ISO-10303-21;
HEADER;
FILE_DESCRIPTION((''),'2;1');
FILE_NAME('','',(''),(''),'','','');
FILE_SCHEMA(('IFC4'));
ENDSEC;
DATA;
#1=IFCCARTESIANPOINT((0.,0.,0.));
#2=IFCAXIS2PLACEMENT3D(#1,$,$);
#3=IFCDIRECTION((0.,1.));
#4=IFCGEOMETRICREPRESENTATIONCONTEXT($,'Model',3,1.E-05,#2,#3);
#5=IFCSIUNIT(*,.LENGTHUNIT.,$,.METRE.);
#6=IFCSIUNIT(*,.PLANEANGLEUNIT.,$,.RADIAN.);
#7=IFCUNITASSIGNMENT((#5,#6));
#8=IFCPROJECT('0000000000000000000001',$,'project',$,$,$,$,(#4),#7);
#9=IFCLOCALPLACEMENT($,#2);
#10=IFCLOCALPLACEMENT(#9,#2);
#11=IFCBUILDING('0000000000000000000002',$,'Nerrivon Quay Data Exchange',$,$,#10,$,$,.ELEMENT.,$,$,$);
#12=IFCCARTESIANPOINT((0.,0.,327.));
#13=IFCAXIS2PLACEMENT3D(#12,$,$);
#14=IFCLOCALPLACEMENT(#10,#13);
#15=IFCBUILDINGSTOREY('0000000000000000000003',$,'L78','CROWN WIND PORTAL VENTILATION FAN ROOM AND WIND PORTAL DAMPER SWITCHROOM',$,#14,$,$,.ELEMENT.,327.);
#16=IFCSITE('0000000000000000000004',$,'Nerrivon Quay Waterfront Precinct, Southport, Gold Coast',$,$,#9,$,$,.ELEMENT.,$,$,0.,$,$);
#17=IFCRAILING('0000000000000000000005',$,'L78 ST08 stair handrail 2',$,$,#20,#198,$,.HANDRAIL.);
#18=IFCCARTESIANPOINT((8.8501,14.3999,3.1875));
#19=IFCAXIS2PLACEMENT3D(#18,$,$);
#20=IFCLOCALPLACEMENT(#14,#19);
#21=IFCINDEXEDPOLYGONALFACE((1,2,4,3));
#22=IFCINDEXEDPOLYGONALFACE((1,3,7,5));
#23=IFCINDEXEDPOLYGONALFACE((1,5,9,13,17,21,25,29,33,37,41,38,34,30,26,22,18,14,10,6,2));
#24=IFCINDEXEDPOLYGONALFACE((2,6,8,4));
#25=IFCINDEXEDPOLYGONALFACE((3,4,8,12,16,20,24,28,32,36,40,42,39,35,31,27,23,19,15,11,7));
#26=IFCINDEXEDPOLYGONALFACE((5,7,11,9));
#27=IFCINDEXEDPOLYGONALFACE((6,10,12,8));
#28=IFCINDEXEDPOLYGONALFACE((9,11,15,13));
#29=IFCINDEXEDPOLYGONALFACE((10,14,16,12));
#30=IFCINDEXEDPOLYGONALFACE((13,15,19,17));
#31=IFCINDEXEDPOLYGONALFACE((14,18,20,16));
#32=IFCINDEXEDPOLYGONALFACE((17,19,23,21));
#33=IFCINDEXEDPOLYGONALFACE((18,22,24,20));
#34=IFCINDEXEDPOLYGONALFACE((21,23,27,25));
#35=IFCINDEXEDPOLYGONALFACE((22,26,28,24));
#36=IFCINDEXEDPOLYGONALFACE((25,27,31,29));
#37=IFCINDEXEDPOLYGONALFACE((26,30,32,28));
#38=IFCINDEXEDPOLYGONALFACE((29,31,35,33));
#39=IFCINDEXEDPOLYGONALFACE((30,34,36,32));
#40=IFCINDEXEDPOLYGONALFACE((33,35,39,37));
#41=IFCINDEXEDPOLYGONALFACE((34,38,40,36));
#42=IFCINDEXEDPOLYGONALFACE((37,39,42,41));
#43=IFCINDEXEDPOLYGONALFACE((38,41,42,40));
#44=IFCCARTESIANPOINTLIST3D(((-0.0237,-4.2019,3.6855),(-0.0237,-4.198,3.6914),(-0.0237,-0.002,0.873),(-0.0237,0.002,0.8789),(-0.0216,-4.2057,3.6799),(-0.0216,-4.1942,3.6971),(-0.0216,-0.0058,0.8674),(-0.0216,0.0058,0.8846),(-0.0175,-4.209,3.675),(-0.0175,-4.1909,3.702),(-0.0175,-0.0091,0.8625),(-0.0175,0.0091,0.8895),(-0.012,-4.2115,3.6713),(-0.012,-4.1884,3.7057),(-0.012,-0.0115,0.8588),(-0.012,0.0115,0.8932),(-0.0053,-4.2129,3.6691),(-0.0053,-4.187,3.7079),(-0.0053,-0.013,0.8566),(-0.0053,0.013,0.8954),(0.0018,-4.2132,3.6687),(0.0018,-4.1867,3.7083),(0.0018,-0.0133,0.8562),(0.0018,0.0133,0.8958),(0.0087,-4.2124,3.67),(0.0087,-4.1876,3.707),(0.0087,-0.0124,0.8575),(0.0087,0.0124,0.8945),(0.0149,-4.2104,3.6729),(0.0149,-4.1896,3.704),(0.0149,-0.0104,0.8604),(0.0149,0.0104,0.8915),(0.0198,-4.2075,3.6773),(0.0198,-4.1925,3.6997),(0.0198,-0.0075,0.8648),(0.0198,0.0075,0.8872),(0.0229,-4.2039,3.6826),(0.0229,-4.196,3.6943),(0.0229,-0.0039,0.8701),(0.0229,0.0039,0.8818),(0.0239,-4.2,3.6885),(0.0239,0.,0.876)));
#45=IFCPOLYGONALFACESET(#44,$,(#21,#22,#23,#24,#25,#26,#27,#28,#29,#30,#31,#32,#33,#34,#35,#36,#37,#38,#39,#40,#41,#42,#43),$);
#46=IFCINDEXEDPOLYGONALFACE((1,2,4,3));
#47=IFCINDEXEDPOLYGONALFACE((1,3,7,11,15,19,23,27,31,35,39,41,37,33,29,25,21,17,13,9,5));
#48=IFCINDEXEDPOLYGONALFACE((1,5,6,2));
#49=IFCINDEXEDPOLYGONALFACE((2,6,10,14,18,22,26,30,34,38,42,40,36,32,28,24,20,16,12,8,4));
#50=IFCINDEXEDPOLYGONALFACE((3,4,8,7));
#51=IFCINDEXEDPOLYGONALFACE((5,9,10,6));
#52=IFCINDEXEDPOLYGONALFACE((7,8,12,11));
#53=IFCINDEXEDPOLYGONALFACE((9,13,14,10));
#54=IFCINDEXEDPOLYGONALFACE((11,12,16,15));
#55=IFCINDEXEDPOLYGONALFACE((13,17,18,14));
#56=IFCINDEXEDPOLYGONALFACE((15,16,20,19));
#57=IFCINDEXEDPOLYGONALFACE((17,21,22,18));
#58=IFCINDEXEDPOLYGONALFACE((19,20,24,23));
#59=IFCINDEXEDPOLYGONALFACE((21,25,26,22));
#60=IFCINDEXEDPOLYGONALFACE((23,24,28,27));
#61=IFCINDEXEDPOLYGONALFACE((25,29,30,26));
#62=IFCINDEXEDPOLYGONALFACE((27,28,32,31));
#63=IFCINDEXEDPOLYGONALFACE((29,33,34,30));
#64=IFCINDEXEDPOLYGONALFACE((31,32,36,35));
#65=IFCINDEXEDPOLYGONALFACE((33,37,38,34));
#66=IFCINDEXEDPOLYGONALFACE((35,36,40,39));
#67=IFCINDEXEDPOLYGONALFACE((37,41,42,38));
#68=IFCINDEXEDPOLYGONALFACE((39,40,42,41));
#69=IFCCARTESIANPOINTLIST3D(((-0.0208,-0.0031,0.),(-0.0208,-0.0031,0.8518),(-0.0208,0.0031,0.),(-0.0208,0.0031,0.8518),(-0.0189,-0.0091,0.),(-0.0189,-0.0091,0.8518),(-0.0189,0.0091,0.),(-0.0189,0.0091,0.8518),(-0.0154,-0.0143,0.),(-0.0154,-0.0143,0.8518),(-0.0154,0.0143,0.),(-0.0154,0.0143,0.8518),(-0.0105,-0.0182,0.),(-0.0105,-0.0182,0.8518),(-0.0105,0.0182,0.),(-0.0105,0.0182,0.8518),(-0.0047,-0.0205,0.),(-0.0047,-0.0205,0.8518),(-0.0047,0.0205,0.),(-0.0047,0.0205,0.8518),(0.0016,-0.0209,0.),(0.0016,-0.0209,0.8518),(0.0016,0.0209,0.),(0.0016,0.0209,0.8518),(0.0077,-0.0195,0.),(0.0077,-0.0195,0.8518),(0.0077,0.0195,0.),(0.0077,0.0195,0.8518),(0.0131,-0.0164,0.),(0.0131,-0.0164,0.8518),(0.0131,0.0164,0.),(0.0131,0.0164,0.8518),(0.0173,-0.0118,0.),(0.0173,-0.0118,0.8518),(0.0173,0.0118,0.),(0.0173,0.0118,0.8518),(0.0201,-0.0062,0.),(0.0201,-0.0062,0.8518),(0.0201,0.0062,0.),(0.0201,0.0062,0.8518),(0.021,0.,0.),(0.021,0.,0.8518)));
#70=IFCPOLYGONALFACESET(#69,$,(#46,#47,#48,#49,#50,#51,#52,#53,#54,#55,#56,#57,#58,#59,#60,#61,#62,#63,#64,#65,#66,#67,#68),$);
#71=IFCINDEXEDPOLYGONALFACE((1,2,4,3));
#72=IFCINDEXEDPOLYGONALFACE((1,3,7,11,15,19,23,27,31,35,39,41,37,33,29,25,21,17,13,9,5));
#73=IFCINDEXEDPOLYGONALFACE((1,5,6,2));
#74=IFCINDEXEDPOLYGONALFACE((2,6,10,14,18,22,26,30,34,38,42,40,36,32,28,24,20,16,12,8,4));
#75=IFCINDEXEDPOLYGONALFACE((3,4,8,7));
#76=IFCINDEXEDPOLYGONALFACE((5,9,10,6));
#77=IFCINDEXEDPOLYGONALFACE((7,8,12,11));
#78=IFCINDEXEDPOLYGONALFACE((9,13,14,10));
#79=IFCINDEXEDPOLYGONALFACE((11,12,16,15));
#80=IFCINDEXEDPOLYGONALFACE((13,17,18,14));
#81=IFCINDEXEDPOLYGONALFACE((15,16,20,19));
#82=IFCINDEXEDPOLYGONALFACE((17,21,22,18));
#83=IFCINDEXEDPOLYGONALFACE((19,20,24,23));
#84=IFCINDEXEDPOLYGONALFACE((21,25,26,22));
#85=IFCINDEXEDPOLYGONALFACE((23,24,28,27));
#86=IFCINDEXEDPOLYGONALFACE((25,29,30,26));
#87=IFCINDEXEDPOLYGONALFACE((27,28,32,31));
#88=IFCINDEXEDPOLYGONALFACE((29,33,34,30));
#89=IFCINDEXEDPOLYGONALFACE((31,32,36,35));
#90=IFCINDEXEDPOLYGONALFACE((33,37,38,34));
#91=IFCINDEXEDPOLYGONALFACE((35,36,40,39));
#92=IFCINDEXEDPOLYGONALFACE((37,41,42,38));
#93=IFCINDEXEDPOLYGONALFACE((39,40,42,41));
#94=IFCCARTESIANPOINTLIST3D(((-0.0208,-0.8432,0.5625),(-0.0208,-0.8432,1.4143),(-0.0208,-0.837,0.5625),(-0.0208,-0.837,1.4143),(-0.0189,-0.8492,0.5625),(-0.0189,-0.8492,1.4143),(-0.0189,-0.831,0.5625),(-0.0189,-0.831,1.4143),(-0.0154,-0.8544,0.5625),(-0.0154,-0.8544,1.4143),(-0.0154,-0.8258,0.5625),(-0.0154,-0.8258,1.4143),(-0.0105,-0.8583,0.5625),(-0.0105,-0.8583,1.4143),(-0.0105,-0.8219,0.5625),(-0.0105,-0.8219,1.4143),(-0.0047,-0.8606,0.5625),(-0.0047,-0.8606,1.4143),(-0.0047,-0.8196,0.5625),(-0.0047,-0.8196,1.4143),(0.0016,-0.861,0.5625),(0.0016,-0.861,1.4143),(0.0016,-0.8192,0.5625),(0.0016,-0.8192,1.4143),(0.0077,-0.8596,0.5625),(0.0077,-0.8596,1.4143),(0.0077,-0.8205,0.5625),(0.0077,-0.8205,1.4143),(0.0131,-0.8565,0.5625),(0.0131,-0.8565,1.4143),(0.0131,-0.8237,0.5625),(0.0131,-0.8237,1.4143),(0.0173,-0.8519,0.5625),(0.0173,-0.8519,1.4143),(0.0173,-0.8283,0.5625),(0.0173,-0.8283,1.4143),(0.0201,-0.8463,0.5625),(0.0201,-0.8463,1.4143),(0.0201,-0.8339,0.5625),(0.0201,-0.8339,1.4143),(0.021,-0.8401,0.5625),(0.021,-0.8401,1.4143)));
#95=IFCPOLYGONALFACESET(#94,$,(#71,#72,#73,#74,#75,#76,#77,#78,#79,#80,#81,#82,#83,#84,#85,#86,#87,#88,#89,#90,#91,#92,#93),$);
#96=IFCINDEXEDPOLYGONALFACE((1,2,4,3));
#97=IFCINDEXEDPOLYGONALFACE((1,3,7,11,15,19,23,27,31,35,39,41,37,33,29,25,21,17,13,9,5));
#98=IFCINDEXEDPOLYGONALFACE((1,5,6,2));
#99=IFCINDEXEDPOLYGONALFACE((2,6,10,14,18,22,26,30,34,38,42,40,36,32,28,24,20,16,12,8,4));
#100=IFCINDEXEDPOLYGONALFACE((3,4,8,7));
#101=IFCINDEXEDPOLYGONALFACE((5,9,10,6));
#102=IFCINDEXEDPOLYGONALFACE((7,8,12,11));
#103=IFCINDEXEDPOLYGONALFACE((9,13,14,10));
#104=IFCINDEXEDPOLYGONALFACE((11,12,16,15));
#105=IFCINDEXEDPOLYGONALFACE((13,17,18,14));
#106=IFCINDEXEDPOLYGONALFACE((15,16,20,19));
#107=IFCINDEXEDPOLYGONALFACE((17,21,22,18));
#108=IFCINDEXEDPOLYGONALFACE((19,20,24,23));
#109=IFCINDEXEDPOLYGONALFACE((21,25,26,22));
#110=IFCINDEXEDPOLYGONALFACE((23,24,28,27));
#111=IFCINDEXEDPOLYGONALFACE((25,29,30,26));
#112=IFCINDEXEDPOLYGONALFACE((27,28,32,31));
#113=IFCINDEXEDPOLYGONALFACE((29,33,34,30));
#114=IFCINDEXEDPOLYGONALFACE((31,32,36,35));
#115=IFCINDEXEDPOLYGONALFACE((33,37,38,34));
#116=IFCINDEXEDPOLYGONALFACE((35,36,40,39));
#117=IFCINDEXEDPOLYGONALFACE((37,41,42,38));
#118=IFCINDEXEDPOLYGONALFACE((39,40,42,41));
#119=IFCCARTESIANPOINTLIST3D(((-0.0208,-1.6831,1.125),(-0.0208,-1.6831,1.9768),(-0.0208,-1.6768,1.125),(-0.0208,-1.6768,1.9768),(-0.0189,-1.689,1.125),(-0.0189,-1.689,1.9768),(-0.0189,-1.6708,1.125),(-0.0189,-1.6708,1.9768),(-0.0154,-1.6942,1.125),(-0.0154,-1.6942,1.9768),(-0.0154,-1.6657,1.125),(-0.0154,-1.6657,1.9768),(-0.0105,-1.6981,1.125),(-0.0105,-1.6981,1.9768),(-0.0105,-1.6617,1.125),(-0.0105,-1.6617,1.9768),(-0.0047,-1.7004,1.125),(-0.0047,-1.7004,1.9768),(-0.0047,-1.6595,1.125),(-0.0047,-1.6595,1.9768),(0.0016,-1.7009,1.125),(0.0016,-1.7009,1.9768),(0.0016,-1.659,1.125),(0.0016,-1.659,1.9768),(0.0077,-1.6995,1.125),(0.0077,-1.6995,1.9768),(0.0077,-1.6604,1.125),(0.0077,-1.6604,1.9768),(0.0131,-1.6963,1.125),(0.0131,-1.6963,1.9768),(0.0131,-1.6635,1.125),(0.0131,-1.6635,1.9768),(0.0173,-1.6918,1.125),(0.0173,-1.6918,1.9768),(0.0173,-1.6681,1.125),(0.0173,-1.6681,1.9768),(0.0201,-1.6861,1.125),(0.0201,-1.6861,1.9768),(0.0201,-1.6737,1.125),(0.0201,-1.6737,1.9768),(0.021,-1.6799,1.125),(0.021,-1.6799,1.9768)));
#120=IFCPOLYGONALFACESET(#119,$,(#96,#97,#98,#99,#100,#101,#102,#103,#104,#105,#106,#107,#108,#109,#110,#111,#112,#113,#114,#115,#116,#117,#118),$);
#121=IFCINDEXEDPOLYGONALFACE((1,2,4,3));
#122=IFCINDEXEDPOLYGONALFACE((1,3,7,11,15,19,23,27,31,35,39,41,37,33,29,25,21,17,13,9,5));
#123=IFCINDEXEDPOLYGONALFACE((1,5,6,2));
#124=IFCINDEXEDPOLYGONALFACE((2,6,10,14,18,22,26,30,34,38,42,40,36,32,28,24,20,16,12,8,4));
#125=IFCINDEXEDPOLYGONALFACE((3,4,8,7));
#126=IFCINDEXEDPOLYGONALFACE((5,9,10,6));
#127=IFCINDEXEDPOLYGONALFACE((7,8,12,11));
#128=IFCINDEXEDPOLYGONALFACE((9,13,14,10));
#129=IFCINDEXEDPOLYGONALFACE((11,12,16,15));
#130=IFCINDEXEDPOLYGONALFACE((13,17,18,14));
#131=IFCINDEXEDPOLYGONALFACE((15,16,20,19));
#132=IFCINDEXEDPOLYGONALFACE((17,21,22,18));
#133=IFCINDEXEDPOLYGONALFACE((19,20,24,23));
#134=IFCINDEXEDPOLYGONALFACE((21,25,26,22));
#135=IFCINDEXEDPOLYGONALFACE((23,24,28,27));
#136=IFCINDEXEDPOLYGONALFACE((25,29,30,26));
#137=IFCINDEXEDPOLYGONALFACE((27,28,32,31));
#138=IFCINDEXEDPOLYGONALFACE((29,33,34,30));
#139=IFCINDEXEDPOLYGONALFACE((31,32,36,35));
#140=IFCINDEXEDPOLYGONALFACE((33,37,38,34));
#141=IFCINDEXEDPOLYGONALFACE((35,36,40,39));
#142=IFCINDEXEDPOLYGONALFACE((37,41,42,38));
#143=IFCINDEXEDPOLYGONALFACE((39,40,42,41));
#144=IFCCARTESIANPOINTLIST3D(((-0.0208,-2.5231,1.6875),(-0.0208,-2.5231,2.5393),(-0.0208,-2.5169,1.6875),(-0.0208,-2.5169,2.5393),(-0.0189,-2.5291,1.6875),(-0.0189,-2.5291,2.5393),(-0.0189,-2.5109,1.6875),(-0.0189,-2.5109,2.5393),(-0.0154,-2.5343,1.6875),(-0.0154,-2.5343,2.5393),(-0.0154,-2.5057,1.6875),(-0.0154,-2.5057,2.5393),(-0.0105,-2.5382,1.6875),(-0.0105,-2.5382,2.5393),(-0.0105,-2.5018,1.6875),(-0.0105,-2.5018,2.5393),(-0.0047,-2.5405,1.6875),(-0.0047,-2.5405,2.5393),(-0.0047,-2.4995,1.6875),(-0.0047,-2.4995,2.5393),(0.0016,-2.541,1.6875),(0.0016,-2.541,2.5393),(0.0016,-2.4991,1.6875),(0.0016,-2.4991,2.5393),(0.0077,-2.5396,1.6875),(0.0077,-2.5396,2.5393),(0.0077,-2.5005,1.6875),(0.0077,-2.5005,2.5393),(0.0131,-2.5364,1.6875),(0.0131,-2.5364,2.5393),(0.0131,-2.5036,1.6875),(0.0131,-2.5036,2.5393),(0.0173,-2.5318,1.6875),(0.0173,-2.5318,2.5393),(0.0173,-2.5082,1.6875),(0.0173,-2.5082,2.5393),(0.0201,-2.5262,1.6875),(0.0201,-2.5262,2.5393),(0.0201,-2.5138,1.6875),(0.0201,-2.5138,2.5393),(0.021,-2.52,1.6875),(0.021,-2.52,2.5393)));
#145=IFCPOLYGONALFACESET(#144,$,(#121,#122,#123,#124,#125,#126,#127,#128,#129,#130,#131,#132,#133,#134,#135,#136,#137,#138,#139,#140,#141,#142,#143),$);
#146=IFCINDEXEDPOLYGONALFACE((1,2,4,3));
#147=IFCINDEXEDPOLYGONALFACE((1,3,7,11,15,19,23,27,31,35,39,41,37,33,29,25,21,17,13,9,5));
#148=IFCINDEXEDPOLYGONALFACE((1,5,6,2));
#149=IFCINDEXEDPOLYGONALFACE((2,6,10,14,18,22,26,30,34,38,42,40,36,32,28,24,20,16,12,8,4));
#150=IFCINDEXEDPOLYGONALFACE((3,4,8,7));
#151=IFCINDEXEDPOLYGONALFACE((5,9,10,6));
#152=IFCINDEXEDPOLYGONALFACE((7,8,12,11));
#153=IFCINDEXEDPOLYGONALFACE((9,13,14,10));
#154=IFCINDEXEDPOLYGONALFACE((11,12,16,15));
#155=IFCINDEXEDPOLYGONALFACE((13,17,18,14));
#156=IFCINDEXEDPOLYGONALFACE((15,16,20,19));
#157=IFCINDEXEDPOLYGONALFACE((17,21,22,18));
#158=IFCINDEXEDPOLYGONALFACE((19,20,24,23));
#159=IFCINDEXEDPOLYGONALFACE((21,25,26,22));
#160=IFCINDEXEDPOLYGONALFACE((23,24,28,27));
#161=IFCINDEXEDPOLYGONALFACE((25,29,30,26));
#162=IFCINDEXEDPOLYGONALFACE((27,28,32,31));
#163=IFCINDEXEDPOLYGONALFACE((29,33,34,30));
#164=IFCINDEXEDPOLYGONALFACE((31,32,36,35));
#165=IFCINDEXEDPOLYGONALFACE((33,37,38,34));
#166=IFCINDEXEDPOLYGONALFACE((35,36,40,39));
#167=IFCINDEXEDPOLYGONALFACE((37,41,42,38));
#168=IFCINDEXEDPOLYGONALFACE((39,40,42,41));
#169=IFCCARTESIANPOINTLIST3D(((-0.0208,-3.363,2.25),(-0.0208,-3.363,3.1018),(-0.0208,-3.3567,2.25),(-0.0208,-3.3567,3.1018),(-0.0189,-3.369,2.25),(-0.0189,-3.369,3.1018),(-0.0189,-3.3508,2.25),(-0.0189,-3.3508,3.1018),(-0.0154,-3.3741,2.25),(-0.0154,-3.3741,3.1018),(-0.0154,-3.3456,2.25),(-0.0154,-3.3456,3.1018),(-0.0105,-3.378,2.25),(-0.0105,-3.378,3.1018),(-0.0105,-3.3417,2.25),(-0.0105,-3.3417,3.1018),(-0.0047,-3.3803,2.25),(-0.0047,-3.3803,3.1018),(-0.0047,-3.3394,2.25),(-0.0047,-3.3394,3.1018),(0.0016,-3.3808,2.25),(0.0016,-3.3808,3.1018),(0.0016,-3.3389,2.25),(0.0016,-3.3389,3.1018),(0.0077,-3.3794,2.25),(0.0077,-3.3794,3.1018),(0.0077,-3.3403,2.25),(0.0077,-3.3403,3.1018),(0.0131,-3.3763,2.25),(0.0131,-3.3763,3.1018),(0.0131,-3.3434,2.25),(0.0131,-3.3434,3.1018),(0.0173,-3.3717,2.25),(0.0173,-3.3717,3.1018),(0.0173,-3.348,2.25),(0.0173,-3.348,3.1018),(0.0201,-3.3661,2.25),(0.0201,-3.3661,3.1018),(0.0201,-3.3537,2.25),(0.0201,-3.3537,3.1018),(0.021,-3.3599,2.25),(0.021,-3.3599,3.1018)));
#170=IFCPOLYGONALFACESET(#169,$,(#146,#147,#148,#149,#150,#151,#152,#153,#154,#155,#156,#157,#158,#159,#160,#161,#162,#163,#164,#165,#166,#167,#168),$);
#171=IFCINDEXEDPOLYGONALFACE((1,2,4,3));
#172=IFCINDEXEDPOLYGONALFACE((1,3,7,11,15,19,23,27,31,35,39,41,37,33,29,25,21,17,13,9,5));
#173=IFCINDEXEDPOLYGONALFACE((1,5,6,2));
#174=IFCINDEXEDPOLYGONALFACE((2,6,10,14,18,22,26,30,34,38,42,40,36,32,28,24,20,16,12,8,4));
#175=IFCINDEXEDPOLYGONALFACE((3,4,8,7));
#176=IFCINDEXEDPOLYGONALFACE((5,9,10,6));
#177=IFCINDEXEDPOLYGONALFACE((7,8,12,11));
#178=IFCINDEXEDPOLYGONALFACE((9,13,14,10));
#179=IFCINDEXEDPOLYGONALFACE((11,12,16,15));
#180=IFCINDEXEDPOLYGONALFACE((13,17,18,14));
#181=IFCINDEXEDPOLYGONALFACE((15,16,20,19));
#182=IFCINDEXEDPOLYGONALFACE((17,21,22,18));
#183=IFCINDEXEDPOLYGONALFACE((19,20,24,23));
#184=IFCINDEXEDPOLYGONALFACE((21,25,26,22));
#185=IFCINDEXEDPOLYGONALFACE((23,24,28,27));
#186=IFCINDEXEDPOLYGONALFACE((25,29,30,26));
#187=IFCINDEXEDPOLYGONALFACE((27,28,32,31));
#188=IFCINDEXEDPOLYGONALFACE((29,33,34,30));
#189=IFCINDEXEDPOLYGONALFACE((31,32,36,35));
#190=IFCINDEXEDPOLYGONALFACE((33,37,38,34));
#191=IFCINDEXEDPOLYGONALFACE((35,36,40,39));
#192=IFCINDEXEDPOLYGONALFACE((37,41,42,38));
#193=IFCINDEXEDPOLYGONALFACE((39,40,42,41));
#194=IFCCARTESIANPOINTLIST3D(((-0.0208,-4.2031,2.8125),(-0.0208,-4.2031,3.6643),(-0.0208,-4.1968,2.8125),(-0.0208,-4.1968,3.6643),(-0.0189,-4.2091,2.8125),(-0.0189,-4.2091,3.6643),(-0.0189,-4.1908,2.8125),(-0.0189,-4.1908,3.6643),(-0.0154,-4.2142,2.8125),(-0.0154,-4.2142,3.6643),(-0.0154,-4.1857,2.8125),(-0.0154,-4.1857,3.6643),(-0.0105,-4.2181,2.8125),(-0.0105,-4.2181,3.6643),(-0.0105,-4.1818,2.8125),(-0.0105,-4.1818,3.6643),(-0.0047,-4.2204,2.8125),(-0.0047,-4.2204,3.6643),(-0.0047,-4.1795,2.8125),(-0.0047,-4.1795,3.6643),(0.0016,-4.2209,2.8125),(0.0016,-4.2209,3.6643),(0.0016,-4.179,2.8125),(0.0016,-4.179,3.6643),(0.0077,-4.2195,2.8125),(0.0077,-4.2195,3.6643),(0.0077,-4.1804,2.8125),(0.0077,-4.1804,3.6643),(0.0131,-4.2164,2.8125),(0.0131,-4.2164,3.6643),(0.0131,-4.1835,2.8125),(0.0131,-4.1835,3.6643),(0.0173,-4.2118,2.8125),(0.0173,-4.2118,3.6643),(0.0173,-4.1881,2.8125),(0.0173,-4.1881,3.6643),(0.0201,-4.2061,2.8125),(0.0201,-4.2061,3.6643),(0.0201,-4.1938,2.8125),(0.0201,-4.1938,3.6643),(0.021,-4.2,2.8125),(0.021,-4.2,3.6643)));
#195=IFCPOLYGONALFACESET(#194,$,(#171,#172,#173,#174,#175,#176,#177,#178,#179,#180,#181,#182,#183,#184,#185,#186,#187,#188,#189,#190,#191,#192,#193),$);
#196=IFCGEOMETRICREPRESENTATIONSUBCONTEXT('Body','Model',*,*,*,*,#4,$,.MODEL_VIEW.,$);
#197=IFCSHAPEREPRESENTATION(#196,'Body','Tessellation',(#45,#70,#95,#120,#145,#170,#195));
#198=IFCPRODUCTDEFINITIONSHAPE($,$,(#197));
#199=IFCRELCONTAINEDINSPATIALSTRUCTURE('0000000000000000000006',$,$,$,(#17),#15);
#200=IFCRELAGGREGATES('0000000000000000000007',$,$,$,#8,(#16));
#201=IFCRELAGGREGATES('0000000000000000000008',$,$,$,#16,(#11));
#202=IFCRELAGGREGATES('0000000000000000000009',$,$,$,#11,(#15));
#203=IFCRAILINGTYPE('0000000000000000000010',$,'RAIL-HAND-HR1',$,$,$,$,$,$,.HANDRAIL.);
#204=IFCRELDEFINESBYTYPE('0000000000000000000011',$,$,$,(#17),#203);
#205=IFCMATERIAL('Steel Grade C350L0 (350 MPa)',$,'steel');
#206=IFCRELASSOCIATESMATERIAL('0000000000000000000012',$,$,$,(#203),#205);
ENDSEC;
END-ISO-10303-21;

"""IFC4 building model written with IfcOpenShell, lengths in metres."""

from ifc_helpers import new_model, si_unit, direction, frame, origin, origin_2d, place, context, subcontext, project, spatial, circle, extrude, material, type_object, element, save


model = new_model("IFC4")

# Units and contexts
model_context = context("Model", 3, precision=1e-05, world=origin(), true_north=direction((0.0, 1.0)))
body_context = subcontext(model_context, "Body", "Model", "MODEL_VIEW")
ifc_project = project(units=[si_unit("LENGTHUNIT", "METRE"), si_unit("PLANEANGLEUNIT", "RADIAN")], contexts=[model_context])

# Site, building, storey
site_placement = place(None, origin())
site = spatial("IfcSite", under=ifc_project, at=site_placement, Name="Nerrivon Quay Waterfront Precinct, Southport, Gold Coast", CompositionType="ELEMENT", RefElevation=0.0)
building_placement = place(site_placement, origin())
building = spatial("IfcBuilding", under=site, at=building_placement, Name="Nerrivon Quay Data Exchange", CompositionType="ELEMENT")
storey_placement = place(building_placement, frame((0.0, 0.0, 327.0)))
storey = spatial("IfcBuildingStorey", under=building, at=storey_placement, Name="L78", Description="CROWN WIND PORTAL VENTILATION FAN ROOM AND WIND PORTAL DAMPER SWITCHROOM", CompositionType="ELEMENT", Elevation=327.0)

# Shared definitions
ifc_material_1 = material(Name="Steel Grade C350L0 (350 MPa)", Category="steel")

# Railing
railing_type_1 = type_object("IfcRailingType", Name="RAIL-HAND-HR1", PredefinedType="HANDRAIL", material=ifc_material_1)
railing_1_placement = place(storey_placement, frame((8.8501, 14.3999, 3.1875)))
element("IfcRailing", 1, at=railing_1_placement, inside=storey, type_object=railing_type_1, Name="L78 ST08 stair handrail 2", PredefinedType="HANDRAIL", context=body_context, shape_type="SweptSolid", body=[
    extrude(circle(Radius=0.0239, at=origin_2d()), frame((0.0, 0.0, 0.876), z_axis=(0.0, -0.830904, 0.556416), x_axis=(1.0, 0.0, 0.0)), (0.0, 0.0, 1.0), 5.0547),
    extrude(circle(Radius=0.021, at=origin_2d()), origin(), (0.0, 0.0, 1.0), 0.8518),
    extrude(circle(Radius=0.021, at=origin_2d()), frame((0.0, -0.8401, 0.5625)), (0.0, 0.0, 1.0), 0.8518),
    extrude(circle(Radius=0.021, at=origin_2d()), frame((0.0, -1.6799, 1.125)), (0.0, 0.0, 1.0), 0.8518),
    extrude(circle(Radius=0.021, at=origin_2d()), frame((0.0, -2.52, 1.6875)), (0.0, 0.0, 1.0), 0.8518),
    extrude(circle(Radius=0.021, at=origin_2d()), frame((0.0, -3.3599, 2.25)), (0.0, 0.0, 1.0), 0.8518),
    extrude(circle(Radius=0.021, at=origin_2d()), frame((0.0, -4.2, 2.8125)), (0.0, 0.0, 1.0), 0.8518),
])

save(model, "model.ifc")
